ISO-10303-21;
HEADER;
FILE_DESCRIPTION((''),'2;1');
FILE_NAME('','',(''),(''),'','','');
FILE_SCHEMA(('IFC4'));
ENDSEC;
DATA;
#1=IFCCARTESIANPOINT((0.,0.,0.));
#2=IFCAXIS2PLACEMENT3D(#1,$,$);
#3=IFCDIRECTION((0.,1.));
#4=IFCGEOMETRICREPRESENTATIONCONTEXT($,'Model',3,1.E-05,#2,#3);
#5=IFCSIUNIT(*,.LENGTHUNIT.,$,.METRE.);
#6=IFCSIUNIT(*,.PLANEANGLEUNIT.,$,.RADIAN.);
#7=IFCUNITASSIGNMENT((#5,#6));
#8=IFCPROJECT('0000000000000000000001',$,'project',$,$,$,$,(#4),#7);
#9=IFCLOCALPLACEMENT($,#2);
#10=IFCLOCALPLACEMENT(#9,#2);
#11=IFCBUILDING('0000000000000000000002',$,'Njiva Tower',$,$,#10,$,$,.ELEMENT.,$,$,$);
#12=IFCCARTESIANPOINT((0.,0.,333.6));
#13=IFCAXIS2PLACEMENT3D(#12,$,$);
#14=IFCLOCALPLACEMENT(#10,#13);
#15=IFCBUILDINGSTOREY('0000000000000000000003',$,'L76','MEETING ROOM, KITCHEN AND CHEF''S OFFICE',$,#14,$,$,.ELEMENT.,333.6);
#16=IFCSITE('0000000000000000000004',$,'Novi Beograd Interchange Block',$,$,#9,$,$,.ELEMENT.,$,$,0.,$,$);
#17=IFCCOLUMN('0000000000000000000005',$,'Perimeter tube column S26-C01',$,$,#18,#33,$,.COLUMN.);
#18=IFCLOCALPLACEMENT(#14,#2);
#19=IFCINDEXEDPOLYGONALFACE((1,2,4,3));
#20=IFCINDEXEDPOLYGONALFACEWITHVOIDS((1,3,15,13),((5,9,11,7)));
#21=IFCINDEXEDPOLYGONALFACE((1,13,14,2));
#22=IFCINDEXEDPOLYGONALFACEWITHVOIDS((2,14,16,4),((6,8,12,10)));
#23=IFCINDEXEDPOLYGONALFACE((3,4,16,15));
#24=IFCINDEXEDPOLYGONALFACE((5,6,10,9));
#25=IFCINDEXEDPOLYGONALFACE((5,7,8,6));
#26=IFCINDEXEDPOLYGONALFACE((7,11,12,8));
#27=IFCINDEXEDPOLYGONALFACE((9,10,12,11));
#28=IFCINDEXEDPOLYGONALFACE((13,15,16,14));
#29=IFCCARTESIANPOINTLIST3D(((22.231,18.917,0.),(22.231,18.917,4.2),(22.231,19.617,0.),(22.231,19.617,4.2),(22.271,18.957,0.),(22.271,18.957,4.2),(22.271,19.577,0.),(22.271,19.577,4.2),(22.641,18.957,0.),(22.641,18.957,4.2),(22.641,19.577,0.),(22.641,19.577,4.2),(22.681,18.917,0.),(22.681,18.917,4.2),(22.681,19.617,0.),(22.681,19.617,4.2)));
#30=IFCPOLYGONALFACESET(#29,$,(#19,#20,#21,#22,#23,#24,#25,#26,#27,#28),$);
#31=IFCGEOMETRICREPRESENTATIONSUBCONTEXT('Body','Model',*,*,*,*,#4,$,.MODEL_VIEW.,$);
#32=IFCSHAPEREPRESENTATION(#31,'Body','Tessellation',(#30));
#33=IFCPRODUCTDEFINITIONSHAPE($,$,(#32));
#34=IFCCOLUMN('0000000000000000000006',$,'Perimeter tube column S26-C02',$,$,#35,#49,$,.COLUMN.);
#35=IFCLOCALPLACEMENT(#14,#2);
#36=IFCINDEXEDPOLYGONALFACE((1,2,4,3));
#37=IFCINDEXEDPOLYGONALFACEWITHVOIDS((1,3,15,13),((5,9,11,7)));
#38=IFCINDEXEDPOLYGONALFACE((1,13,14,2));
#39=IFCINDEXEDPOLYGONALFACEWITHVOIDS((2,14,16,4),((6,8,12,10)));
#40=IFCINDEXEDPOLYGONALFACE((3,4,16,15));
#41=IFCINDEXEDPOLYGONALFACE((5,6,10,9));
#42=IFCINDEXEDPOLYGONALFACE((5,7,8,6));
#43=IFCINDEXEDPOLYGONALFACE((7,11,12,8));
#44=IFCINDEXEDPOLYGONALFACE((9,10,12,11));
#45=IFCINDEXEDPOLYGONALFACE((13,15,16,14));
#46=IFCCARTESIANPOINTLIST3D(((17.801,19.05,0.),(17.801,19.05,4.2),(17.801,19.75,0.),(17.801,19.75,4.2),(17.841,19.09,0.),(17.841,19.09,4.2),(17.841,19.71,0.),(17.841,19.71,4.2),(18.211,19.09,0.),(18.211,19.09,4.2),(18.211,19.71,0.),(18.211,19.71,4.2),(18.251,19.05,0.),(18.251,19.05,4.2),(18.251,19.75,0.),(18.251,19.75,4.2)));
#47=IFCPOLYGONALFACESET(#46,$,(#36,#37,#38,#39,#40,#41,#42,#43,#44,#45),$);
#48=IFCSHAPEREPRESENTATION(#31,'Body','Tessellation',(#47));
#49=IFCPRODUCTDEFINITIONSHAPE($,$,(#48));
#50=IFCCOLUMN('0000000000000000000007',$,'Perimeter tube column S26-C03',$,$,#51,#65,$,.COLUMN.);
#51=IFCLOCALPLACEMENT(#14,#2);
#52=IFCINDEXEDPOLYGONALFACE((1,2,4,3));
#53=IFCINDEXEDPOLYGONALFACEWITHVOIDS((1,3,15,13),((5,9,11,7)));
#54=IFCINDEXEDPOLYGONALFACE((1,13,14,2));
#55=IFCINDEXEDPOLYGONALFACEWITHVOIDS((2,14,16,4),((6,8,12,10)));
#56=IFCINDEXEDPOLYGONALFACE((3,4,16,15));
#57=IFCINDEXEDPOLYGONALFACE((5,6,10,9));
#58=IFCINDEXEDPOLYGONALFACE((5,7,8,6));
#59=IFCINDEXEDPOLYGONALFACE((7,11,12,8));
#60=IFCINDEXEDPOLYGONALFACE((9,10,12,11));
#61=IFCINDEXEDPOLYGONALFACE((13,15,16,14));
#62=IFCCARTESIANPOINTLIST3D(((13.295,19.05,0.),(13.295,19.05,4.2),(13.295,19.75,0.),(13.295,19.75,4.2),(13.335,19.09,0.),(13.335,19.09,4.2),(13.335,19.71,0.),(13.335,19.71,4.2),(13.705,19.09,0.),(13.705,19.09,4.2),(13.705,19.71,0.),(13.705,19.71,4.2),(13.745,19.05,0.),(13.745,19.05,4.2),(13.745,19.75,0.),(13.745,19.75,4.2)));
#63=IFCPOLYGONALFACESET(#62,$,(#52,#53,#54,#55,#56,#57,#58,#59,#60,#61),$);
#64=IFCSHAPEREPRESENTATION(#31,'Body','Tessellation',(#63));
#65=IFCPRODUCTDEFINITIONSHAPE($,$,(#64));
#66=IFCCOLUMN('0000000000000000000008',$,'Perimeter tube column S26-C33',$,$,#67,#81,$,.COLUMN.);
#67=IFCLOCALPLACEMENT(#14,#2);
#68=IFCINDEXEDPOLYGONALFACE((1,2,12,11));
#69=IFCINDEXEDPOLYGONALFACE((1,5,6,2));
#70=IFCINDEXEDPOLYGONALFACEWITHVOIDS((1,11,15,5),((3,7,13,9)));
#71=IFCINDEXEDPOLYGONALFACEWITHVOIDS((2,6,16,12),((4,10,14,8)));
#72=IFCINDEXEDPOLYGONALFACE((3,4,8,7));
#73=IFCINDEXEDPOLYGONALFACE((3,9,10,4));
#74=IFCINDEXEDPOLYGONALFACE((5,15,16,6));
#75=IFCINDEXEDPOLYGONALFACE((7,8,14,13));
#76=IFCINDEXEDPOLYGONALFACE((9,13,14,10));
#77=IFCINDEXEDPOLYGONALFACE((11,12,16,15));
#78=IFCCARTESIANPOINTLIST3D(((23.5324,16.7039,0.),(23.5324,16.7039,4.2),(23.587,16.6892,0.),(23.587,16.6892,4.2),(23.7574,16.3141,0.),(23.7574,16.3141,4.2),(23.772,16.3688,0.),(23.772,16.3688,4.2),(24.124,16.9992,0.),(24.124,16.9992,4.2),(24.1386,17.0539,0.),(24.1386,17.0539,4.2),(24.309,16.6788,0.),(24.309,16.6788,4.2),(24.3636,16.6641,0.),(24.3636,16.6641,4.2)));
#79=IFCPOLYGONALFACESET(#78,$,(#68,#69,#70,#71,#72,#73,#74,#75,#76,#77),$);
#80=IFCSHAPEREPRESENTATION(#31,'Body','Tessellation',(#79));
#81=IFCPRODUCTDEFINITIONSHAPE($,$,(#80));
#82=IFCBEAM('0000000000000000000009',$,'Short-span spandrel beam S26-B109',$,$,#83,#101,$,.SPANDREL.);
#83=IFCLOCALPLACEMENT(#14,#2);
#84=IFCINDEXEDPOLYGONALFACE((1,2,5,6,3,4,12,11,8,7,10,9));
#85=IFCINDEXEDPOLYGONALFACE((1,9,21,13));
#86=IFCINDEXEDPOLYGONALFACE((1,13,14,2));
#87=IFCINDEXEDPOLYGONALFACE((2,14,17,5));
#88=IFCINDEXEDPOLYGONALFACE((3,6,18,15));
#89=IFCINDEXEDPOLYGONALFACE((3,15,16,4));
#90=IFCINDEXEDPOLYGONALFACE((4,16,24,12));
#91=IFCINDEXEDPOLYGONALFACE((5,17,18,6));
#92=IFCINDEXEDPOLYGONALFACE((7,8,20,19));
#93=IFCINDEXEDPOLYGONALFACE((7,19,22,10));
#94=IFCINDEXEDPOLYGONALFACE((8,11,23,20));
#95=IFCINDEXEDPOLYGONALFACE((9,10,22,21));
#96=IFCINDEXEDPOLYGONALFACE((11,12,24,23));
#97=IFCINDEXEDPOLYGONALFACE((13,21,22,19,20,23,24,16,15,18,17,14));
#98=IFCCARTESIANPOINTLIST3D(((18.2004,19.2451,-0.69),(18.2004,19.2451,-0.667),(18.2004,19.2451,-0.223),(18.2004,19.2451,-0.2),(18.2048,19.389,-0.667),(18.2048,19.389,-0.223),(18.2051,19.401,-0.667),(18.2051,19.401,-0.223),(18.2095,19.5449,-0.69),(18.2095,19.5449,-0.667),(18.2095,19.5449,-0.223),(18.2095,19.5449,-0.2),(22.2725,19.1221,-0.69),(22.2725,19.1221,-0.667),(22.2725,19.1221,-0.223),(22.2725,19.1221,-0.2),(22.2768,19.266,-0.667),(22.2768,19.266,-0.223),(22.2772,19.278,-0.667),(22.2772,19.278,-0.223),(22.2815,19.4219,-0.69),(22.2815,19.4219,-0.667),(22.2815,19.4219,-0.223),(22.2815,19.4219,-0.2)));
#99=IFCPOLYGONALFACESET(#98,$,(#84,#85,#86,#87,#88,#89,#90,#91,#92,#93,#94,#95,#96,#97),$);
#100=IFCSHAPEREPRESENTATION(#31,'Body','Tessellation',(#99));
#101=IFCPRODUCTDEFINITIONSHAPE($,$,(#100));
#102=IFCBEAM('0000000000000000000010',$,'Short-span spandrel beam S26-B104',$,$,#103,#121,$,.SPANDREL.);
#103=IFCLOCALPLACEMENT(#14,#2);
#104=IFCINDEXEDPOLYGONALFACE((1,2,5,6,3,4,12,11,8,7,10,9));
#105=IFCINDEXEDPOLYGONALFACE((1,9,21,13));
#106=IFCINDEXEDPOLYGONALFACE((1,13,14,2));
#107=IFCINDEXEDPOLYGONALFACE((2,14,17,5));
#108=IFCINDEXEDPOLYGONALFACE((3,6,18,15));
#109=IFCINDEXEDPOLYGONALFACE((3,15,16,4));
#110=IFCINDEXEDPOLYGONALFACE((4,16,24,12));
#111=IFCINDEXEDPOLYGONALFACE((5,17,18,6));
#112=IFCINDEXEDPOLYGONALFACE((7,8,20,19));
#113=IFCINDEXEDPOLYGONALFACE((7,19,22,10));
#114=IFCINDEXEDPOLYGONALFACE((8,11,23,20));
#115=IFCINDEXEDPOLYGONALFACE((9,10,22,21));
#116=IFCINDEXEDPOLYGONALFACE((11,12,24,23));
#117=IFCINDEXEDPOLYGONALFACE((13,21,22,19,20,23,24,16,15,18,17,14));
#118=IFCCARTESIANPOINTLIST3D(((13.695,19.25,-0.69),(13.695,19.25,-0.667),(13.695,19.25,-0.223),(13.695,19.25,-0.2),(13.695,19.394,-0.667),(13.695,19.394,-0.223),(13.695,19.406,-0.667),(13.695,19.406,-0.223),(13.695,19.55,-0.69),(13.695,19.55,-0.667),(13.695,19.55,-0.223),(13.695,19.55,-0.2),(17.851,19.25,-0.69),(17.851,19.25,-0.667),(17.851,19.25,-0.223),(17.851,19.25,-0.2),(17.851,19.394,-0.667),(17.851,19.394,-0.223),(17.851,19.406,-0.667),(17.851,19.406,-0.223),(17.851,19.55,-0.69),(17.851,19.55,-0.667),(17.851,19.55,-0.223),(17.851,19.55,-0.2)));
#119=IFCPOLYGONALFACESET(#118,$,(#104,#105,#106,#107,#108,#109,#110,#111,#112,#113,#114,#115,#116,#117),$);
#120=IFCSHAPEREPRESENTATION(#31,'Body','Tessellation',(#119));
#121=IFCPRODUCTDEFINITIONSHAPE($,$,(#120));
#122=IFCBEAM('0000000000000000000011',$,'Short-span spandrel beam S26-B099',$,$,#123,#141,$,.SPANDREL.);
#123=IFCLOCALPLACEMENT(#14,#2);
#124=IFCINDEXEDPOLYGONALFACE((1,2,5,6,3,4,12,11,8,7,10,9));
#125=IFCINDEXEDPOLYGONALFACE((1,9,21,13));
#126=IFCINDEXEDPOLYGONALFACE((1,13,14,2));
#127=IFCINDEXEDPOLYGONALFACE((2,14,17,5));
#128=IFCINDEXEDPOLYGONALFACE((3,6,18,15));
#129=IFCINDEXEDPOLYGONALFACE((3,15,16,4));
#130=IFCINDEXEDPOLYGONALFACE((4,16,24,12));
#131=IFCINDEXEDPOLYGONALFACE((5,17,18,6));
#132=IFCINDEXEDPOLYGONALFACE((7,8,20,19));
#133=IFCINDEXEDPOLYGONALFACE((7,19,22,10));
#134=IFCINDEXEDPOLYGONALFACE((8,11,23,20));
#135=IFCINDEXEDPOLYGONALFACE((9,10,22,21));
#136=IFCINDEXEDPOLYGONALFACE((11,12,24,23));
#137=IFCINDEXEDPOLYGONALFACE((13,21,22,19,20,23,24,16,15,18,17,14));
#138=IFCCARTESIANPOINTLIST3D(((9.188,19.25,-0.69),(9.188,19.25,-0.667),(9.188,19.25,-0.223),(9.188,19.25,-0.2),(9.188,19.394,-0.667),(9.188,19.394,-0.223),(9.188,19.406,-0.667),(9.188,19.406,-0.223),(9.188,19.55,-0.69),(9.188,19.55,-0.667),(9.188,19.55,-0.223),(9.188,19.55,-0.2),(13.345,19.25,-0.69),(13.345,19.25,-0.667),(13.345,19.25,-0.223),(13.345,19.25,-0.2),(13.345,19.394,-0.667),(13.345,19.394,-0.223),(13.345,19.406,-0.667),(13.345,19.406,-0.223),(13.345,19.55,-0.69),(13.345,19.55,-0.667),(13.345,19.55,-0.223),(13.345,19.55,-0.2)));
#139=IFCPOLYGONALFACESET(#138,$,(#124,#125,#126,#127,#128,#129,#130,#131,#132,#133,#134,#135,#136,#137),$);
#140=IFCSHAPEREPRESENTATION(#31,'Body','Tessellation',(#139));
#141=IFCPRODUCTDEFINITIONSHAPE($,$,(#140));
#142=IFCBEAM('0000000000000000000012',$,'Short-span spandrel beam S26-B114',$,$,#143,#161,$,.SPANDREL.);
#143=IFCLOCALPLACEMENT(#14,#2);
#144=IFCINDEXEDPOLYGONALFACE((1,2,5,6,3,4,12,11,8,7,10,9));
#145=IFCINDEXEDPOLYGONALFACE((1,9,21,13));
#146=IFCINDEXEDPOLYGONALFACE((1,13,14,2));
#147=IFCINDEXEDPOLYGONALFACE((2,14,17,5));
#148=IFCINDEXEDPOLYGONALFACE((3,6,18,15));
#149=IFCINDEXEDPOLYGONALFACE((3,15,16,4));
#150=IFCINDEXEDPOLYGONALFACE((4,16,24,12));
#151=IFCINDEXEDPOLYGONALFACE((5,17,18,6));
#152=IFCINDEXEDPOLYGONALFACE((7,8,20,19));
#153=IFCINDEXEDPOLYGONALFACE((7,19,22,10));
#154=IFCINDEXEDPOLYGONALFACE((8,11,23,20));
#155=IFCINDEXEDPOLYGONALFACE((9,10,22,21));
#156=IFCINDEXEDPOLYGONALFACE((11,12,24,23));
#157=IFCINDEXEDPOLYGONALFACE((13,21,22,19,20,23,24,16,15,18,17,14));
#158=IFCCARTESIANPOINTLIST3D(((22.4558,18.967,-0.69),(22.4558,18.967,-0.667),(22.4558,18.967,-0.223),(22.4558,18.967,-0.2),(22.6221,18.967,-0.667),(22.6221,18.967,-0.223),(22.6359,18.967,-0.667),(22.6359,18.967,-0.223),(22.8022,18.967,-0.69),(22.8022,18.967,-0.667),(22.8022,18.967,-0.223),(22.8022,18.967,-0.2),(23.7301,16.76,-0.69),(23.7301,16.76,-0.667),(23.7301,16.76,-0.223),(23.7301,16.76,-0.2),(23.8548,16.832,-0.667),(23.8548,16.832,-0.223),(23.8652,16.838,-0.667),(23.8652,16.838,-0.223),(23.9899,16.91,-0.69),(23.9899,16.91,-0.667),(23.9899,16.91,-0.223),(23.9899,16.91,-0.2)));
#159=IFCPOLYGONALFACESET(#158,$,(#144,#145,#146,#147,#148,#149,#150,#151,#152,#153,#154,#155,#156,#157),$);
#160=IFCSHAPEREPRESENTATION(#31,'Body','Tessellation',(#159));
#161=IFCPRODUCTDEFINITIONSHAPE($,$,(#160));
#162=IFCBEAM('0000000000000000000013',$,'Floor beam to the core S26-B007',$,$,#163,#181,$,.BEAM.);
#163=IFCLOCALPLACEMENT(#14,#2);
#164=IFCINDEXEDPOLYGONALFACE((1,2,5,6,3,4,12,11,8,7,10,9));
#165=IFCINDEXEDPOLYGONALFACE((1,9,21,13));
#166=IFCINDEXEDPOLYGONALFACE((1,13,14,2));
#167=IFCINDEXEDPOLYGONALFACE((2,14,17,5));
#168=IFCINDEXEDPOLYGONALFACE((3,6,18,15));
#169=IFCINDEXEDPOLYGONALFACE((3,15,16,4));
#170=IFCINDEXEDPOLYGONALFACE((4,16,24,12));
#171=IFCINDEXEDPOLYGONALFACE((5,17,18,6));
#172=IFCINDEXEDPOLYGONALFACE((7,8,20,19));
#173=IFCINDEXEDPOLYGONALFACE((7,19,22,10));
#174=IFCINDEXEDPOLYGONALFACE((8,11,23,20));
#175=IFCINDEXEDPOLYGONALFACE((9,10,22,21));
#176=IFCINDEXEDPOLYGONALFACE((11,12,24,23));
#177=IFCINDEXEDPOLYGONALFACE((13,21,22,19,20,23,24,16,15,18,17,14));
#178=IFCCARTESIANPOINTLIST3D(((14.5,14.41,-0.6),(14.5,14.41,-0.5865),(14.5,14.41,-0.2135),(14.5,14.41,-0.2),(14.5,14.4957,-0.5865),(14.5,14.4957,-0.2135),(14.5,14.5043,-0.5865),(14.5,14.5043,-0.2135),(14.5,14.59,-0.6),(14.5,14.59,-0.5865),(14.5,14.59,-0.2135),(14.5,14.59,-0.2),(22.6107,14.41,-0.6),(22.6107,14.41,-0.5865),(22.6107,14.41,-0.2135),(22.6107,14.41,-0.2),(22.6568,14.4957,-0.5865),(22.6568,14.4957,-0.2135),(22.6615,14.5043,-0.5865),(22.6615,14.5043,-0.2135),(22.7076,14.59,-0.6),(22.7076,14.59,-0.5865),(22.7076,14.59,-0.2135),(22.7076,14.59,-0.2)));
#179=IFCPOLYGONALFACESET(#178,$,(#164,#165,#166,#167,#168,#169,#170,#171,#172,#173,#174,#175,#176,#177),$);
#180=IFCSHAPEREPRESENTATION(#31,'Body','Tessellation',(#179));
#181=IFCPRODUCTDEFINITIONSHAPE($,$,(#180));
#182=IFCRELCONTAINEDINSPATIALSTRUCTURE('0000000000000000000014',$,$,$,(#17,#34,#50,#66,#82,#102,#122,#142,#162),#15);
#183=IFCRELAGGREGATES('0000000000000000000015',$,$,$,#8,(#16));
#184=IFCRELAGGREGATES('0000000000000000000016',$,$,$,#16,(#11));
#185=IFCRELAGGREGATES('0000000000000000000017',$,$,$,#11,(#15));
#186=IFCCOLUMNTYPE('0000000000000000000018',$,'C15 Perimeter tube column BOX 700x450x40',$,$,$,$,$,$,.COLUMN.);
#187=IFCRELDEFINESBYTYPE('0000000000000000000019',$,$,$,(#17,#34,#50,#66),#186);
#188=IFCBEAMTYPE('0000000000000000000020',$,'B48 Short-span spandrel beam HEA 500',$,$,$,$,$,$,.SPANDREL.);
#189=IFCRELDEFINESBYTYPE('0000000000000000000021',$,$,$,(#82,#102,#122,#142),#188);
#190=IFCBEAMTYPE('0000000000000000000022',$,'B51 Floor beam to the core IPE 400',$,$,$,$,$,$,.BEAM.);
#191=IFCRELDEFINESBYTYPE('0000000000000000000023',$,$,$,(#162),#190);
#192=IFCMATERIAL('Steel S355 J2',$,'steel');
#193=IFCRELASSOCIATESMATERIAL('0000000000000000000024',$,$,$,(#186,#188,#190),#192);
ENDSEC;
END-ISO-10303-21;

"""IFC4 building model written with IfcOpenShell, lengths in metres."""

from ifc_helpers import new_model, si_unit, direction, frame, origin, origin_2d, place, context, subcontext, project, spatial, hollow_rectangle, i_section, extrude, clip, halfspace, material, material_profile, profile_set, type_object, element, save


model = new_model("IFC4")

# Units and contexts
model_context = context("Model", 3, precision=1e-05, world=origin(), true_north=direction((0.0, 1.0)))
body_context = subcontext(model_context, "Body", "Model", "MODEL_VIEW")
ifc_project = project(units=[si_unit("LENGTHUNIT", "METRE"), si_unit("PLANEANGLEUNIT", "RADIAN")], contexts=[model_context])

# Site, building, storey
site_placement = place(None, origin())
site = spatial("IfcSite", under=ifc_project, at=site_placement, Name="Novi Beograd Interchange Block", CompositionType="ELEMENT", RefElevation=0.0)
building_placement = place(site_placement, origin())
building = spatial("IfcBuilding", under=site, at=building_placement, Name="Njiva Tower", CompositionType="ELEMENT")
storey_placement = place(building_placement, frame((0.0, 0.0, 333.6)))
storey = spatial("IfcBuildingStorey", under=building, at=storey_placement, Name="L76", Description="MEETING ROOM, KITCHEN AND CHEF'S OFFICE", CompositionType="ELEMENT", Elevation=333.6)

# Columns
ifc_material_1 = material(Name="Steel S355 J2", Category="steel")
ifc_material_profile_1 = material_profile(ifc_material_1, hollow_rectangle(XDim=0.45, YDim=0.7, WallThickness=0.04, at=origin_2d()), Name="BOX 700x450x40")
ifc_profile_set_1 = profile_set([ifc_material_profile_1], Name="Steel S355 J2")
column_type = type_object("IfcColumnType", Name="C15 Perimeter tube column BOX 700x450x40", PredefinedType="COLUMN", material=ifc_profile_set_1)
for number, where, z_axis, x_axis, name in (
    (1, (22.456, 19.267, 0.0), (0.0, 0.0, 1.0), (-1.0, 0.0, 0.0), "Perimeter tube column S26-C01"),
    (2, (18.026, 19.4, 0.0), (0.0, 0.0, 1.0), (-1.0, 0.0, 0.0), "Perimeter tube column S26-C02"),
    (3, (13.52, 19.4, 0.0), (0.0, 0.0, 1.0), (-1.0, 0.0, 0.0), "Perimeter tube column S26-C03"),
    (4, (23.948, 16.684, 0.0), (0.0, 0.0, 1.0), (-0.5, 0.866025, 0.0), "Perimeter tube column S26-C33"),
):
    element("IfcColumn", number, at=place(storey_placement, frame(where, z_axis=z_axis, x_axis=x_axis)), inside=storey, type_object=column_type, Name=name, PredefinedType="COLUMN", context=body_context, shape_type="SweptSolid", body=[
        extrude(hollow_rectangle(XDim=0.45, YDim=0.7, WallThickness=0.04, at=origin_2d()), origin(), (0.0, 0.0, 1.0), 4.2),
    ])

# Beams
ifc_material_profile_2 = material_profile(ifc_material_1, i_section(OverallWidth=0.3, OverallDepth=0.49, WebThickness=0.012, FlangeThickness=0.023, at=origin_2d()), Name="HEA 500")
ifc_profile_set_2 = profile_set([ifc_material_profile_2], Name="Steel S355 J2")
beam_type_1 = type_object("IfcBeamType", Name="B48 Short-span spandrel beam HEA 500", PredefinedType="SPANDREL", material=ifc_profile_set_2)
beam_1_placement = place(storey_placement, frame((22.277, 19.272, -0.445), z_axis=(-0.999544, 0.030193, 0.0), x_axis=(-0.030193, -0.999544, 0.0)))
element("IfcBeam", 5, at=beam_1_placement, inside=storey, type_object=beam_type_1, Name="Short-span spandrel beam S26-B109", PredefinedType="SPANDREL", context=body_context, shape_type="SweptSolid", body=[
    extrude(i_section(OverallWidth=0.3, OverallDepth=0.49, WebThickness=0.012, FlangeThickness=0.023, at=origin_2d()), origin(), (0.0, 0.0, 1.0), 4.0739),
])
beam_2_placement = place(storey_placement, frame((17.851, 19.4, -0.445), z_axis=(-1.0, 0.0, 0.0), x_axis=(0.0, -1.0, 0.0)))
element("IfcBeam", 6, at=beam_2_placement, inside=storey, type_object=beam_type_1, Name="Short-span spandrel beam S26-B104", PredefinedType="SPANDREL", context=body_context, shape_type="SweptSolid", body=[
    extrude(i_section(OverallWidth=0.3, OverallDepth=0.49, WebThickness=0.012, FlangeThickness=0.023, at=origin_2d()), origin(), (0.0, 0.0, 1.0), 4.156),
])
beam_3_placement = place(storey_placement, frame((13.345, 19.4, -0.445), z_axis=(-1.0, 0.0, 0.0), x_axis=(0.0, -1.0, 0.0)))
element("IfcBeam", 7, at=beam_3_placement, inside=storey, type_object=beam_type_1, Name="Short-span spandrel beam S26-B099", PredefinedType="SPANDREL", context=body_context, shape_type="SweptSolid", body=[
    extrude(i_section(OverallWidth=0.3, OverallDepth=0.49, WebThickness=0.012, FlangeThickness=0.023, at=origin_2d()), origin(), (0.0, 0.0, 1.0), 4.157),
])
beam_4_placement = place(storey_placement, frame((23.86, 16.835, -0.445), z_axis=(-0.500027, 0.86601, 0.0), x_axis=(-0.86601, -0.500027, 0.0)))
element("IfcBeam", 8, at=beam_4_placement, inside=storey, type_object=beam_type_1, Name="Short-span spandrel beam S26-B114", PredefinedType="SPANDREL", context=body_context, shape_type="Clipping", body=[
    clip(extrude(i_section(OverallWidth=0.3, OverallDepth=0.49, WebThickness=0.012, FlangeThickness=0.023, at=origin_2d()), origin(), (0.0, 0.0, 1.0), 2.5689), halfspace(frame((-0.0254, 0.0, 2.4472), z_axis=(-0.500027, 0.0, 0.86601), x_axis=(0.0, 1.0, 0.0)), False)),
])
ifc_material_profile_3 = material_profile(ifc_material_1, i_section(OverallWidth=0.18, OverallDepth=0.4, WebThickness=0.0086, FlangeThickness=0.0135, at=origin_2d()), Name="IPE 400")
ifc_profile_set_3 = profile_set([ifc_material_profile_3], Name="Steel S355 J2")
beam_type_2 = type_object("IfcBeamType", Name="B51 Floor beam to the core IPE 400", PredefinedType="BEAM", material=ifc_profile_set_3)
beam_5_placement = place(storey_placement, frame((14.5, 14.5, -0.4), z_axis=(1.0, 0.0, 0.0), x_axis=(0.0, 1.0, 0.0)))
element("IfcBeam", 9, at=beam_5_placement, inside=storey, type_object=beam_type_2, Name="Floor beam to the core S26-B007", PredefinedType="BEAM", context=body_context, shape_type="Clipping", body=[
    clip(extrude(i_section(OverallWidth=0.18, OverallDepth=0.4, WebThickness=0.0086, FlangeThickness=0.0135, at=origin_2d()), origin(), (0.0, 0.0, 1.0), 8.227), halfspace(frame((-0.0237, 0.0, 8.1464), z_axis=(-0.473762, 0.0, 0.880653), x_axis=(0.0, 1.0, 0.0)), False)),
])

save(model, "model.ifc")
